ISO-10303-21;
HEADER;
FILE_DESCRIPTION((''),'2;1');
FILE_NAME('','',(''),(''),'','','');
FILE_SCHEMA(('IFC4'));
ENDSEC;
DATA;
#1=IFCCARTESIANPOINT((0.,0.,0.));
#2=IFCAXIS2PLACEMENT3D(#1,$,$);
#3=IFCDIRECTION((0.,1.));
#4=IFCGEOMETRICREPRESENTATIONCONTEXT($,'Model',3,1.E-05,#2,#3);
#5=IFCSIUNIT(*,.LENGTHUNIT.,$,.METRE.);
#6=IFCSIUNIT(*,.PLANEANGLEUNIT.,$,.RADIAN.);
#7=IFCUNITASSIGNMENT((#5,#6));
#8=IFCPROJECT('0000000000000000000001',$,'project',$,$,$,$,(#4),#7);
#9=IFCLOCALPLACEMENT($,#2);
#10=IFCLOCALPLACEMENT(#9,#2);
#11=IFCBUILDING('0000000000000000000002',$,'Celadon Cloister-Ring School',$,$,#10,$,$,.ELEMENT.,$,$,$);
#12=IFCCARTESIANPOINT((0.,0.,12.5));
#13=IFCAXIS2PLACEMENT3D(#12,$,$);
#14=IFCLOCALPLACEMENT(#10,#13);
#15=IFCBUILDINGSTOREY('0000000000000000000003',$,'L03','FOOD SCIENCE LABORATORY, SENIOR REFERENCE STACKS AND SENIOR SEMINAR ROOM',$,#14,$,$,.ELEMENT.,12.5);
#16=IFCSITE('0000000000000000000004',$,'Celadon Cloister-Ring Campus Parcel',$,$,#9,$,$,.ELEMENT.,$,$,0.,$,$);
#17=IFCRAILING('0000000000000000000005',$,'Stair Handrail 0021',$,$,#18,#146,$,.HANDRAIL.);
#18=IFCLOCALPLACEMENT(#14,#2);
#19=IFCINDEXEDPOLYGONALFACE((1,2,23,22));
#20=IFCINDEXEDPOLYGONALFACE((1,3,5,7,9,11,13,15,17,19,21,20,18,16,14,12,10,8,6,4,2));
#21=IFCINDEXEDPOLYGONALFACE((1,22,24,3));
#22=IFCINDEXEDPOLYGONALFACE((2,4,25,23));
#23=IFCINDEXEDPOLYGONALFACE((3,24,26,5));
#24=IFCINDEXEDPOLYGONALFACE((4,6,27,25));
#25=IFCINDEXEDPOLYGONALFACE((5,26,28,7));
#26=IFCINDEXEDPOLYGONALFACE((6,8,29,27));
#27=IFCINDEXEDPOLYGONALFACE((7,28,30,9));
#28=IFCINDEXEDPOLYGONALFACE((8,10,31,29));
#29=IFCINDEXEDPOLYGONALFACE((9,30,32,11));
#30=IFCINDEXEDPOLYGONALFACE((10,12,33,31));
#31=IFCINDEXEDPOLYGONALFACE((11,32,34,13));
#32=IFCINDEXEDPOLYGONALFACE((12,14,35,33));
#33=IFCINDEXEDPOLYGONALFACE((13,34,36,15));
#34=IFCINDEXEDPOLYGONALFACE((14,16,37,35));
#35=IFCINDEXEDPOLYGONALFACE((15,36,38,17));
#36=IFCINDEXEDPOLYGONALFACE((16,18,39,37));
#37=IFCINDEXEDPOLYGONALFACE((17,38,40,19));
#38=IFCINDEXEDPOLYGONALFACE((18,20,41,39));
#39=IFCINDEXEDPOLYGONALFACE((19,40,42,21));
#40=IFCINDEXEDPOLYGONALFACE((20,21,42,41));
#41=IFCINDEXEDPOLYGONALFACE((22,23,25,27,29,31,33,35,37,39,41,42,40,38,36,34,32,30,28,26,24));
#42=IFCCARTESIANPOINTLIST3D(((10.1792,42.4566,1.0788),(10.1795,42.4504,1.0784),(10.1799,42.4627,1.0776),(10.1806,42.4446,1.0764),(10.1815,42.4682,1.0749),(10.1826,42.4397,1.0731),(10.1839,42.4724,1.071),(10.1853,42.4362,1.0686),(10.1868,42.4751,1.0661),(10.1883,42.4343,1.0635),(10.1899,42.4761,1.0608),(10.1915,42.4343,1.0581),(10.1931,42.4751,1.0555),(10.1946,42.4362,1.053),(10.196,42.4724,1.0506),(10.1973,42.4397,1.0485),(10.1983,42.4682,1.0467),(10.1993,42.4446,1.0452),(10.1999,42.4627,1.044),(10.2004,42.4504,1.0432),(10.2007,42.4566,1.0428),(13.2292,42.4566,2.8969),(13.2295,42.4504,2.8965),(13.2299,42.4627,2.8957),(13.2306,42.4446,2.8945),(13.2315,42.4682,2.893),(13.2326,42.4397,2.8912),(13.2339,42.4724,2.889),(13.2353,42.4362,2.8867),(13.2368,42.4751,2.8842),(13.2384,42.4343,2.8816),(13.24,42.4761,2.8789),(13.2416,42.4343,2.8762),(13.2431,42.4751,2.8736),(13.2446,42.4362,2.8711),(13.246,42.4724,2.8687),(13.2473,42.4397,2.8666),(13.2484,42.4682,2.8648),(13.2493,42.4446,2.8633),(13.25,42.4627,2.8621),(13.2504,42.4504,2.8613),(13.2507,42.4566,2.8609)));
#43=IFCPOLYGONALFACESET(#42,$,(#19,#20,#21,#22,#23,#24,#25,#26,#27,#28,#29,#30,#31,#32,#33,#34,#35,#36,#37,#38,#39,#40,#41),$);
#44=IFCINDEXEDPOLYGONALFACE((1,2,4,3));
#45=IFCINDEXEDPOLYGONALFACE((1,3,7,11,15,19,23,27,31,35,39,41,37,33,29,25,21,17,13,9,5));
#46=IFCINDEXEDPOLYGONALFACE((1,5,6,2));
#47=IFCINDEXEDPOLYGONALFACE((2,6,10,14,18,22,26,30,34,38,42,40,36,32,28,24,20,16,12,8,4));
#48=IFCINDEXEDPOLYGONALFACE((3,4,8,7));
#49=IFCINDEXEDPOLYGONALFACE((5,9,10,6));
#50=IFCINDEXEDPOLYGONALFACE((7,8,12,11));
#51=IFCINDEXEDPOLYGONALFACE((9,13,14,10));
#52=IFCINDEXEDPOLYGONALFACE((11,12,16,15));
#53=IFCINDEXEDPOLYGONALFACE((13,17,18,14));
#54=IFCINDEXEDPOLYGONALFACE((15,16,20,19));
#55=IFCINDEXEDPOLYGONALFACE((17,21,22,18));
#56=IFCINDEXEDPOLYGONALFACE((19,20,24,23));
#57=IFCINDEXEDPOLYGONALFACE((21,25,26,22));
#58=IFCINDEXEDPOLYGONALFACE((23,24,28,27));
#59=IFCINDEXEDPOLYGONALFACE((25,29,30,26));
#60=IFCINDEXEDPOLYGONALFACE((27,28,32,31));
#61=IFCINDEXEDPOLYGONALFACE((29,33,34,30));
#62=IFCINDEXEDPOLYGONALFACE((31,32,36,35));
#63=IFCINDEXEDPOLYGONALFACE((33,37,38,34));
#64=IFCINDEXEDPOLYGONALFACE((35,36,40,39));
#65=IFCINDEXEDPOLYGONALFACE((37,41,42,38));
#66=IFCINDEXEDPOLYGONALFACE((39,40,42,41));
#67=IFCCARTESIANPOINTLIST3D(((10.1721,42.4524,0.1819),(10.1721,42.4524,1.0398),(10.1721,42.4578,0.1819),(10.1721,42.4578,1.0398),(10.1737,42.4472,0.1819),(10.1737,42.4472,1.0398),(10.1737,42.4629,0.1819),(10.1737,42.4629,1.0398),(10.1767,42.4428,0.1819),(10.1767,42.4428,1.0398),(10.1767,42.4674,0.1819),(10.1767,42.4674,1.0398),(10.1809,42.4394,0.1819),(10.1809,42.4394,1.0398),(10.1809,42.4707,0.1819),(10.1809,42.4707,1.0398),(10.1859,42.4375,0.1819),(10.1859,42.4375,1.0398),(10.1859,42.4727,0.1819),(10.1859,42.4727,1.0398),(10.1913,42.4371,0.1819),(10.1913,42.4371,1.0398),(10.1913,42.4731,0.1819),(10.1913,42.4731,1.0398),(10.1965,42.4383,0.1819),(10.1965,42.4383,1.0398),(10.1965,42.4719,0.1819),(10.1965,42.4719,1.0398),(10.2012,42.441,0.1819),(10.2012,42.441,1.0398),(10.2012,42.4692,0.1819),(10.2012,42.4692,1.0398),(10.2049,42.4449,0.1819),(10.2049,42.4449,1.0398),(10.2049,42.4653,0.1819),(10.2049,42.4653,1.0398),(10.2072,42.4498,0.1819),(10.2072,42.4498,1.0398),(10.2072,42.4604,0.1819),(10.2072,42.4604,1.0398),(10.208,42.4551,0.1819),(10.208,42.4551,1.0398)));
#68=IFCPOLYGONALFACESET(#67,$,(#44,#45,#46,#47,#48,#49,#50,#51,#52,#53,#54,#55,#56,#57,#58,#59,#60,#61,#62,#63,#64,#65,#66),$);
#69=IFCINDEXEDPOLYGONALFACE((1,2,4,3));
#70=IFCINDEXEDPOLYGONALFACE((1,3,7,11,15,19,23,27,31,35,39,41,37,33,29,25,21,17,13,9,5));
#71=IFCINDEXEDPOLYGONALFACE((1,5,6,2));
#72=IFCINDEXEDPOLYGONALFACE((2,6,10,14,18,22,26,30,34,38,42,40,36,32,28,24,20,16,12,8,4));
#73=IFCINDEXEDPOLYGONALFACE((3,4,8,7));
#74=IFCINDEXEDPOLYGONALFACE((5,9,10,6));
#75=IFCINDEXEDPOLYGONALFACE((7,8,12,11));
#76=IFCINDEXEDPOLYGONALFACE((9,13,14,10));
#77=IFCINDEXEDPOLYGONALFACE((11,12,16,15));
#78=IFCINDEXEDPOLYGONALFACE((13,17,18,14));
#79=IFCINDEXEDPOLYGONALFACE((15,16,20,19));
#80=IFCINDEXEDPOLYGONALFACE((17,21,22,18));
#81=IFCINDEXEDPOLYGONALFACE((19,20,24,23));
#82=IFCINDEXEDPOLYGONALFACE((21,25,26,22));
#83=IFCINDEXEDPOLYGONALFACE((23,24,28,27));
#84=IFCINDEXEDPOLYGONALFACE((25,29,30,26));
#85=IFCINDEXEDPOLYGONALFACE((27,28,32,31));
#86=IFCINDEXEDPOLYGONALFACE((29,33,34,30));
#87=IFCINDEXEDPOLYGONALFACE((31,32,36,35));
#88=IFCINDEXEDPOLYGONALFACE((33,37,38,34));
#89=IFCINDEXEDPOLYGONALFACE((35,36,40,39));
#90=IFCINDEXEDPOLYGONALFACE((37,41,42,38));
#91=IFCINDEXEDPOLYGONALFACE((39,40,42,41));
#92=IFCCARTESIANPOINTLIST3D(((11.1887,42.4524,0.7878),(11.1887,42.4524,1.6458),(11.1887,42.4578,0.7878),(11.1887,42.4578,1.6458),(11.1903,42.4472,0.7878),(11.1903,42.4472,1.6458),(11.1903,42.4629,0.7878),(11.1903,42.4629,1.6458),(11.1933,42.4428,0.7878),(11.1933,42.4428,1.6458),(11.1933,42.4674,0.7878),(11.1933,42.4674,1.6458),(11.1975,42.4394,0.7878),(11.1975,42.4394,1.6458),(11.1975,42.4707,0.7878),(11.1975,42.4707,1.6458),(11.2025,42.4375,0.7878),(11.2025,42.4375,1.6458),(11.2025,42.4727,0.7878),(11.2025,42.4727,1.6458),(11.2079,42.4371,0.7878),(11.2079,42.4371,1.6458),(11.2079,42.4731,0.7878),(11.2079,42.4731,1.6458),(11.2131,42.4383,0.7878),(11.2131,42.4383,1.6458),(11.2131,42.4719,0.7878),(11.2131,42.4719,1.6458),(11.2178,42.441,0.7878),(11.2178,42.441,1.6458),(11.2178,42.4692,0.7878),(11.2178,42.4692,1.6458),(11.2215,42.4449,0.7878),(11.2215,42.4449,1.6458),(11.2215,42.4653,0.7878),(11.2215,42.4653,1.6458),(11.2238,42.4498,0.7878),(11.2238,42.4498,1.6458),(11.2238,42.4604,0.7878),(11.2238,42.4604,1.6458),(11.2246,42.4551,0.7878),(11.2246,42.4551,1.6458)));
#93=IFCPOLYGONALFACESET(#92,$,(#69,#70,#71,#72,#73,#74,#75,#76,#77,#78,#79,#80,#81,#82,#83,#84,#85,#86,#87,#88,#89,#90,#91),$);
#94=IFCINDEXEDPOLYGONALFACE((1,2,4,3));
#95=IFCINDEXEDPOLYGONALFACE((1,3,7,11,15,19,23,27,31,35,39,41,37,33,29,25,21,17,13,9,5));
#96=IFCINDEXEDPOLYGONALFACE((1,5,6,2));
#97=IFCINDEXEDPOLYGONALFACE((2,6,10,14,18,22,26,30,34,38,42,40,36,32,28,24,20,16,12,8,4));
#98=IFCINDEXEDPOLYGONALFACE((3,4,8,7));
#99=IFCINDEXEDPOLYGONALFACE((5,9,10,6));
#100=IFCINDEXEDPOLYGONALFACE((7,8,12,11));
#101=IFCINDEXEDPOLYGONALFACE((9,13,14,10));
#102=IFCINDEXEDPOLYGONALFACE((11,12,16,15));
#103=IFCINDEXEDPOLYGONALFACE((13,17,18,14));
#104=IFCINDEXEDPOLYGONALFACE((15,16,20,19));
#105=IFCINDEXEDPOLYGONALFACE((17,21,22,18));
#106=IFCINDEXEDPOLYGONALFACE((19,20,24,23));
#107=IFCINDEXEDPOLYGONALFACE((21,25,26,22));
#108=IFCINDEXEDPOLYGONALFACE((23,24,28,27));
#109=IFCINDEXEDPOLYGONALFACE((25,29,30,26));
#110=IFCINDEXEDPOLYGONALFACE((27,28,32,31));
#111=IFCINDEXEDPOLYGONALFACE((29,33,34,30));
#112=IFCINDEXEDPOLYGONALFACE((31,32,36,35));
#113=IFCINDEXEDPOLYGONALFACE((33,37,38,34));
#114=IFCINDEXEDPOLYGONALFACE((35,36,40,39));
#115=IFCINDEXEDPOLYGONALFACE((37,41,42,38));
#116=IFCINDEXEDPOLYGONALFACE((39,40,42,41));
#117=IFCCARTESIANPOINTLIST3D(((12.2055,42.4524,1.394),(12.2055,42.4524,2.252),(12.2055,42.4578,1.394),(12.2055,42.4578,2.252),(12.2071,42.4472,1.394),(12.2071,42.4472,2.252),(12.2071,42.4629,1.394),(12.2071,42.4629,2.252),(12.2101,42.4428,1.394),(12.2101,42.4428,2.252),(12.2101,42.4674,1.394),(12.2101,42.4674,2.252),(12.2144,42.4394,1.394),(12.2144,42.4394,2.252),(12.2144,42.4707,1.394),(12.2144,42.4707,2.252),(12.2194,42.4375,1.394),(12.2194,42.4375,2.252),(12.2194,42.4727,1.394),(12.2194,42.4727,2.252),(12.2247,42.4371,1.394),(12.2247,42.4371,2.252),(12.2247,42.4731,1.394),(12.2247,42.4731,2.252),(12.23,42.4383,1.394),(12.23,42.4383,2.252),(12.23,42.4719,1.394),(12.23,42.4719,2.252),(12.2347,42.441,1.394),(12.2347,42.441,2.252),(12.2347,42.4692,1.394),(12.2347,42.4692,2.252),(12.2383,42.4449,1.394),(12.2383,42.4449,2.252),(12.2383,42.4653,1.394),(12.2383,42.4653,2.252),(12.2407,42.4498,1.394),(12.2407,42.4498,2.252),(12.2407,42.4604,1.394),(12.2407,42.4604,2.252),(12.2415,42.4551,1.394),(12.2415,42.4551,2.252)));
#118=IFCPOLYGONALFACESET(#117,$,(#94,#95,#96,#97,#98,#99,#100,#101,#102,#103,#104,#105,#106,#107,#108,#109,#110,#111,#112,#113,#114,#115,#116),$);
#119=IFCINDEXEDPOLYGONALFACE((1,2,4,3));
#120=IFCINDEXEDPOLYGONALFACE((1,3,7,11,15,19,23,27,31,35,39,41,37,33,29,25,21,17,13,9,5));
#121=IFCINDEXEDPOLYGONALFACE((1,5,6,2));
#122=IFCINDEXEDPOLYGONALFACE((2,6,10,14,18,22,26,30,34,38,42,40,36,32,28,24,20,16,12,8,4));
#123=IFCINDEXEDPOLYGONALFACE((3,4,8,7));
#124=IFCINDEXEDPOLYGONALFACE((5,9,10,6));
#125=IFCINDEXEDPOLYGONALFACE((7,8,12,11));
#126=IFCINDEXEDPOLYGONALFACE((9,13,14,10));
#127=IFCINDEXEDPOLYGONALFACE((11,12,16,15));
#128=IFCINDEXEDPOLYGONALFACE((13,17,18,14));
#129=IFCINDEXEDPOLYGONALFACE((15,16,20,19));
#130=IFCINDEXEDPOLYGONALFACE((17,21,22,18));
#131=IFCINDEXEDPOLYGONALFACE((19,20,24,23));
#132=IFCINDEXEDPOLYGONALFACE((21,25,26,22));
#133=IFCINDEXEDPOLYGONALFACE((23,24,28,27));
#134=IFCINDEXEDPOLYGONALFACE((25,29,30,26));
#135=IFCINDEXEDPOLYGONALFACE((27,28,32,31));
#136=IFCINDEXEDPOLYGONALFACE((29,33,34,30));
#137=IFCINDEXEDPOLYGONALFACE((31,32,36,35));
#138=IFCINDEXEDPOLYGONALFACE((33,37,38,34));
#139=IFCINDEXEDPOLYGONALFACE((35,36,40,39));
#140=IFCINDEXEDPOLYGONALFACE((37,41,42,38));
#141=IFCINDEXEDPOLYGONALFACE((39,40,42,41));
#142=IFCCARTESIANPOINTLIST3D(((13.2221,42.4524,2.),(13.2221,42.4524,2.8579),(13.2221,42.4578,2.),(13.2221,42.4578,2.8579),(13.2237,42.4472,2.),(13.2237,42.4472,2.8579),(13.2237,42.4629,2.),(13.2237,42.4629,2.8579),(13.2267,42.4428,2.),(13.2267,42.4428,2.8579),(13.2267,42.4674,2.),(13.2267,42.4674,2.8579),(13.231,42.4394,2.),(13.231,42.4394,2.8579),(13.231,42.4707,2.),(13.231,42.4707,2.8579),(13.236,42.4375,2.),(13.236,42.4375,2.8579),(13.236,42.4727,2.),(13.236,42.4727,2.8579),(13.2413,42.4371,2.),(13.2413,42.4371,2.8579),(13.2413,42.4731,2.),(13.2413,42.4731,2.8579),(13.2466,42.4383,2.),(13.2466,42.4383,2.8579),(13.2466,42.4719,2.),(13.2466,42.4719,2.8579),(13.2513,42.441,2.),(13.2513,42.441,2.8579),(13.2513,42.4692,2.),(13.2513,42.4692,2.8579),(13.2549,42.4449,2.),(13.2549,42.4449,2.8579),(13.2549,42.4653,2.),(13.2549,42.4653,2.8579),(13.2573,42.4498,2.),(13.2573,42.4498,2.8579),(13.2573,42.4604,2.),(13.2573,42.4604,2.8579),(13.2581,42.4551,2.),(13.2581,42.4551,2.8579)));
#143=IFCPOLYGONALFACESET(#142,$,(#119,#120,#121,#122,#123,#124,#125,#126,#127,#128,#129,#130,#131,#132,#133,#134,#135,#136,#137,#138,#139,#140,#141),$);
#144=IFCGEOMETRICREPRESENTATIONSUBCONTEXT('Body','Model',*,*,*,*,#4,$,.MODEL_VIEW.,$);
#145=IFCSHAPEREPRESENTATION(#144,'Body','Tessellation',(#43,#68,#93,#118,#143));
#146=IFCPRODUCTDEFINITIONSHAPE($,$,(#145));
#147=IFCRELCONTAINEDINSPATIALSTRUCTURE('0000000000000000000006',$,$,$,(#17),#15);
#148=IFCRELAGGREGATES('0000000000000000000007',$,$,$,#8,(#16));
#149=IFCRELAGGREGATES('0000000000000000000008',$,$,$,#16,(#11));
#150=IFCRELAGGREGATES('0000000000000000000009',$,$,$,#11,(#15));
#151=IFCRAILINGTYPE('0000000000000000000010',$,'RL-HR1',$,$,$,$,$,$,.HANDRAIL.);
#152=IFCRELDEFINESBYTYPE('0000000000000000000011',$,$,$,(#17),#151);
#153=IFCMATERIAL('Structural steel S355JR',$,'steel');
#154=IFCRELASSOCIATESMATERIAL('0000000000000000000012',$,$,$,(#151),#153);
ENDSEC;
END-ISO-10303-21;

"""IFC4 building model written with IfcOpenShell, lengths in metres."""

from ifc_helpers import new_model, si_unit, direction, frame, origin, origin_2d, place, context, subcontext, project, spatial, circle, extrude, material, type_object, element, save


model = new_model("IFC4")

# Units and contexts
model_context = context("Model", 3, precision=1e-05, world=origin(), true_north=direction((0.0, 1.0)))
body_context = subcontext(model_context, "Body", "Model", "MODEL_VIEW")
ifc_project = project(units=[si_unit("LENGTHUNIT", "METRE"), si_unit("PLANEANGLEUNIT", "RADIAN")], contexts=[model_context])

# Site, building, storey
site_placement = place(None, origin())
site = spatial("IfcSite", under=ifc_project, at=site_placement, Name="Celadon Cloister-Ring Campus Parcel", CompositionType="ELEMENT", RefElevation=0.0)
building_placement = place(site_placement, origin())
building = spatial("IfcBuilding", under=site, at=building_placement, Name="Celadon Cloister-Ring School", CompositionType="ELEMENT")
storey_placement = place(building_placement, frame((0.0, 0.0, 12.5)))
storey = spatial("IfcBuildingStorey", under=building, at=storey_placement, Name="L03", Description="FOOD SCIENCE LABORATORY, SENIOR REFERENCE STACKS AND SENIOR SEMINAR ROOM", CompositionType="ELEMENT", Elevation=12.5)

# Railing
ifc_material_1 = material(Name="Structural steel S355JR", Category="steel")
railing_type_1 = type_object("IfcRailingType", Name="RL-HR1", PredefinedType="HANDRAIL", material=ifc_material_1)
for number, where, name in (
    (1, (10.1899, 42.4551, 0.1819), "Stair Handrail 0021"),
):
    element("IfcRailing", number, at=place(storey_placement, frame(where)), inside=storey, type_object=railing_type_1, Name=name, PredefinedType="HANDRAIL", context=body_context, shape_type="SweptSolid", body=[
        extrude(circle(Radius=0.021, at=origin_2d()), frame((0.0, 0.0, 0.8789), z_axis=(0.85897, 0.0, 0.512026), x_axis=(0.0, 1.0, 0.0)), (0.0, 0.0, 1.0), 3.5508),
        extrude(circle(Radius=0.0181, at=origin_2d()), origin(), (0.0, 0.0, 1.0), 0.8579),
        extrude(circle(Radius=0.0181, at=origin_2d()), frame((1.0166, 0.0, 0.606)), (0.0, 0.0, 1.0), 0.8579),
        extrude(circle(Radius=0.0181, at=origin_2d()), frame((2.0334, 0.0, 1.2122)), (0.0, 0.0, 1.0), 0.8579),
        extrude(circle(Radius=0.0181, at=origin_2d()), frame((3.05, 0.0, 1.8181)), (0.0, 0.0, 1.0), 0.8579),
    ])

save(model, "model.ifc")
